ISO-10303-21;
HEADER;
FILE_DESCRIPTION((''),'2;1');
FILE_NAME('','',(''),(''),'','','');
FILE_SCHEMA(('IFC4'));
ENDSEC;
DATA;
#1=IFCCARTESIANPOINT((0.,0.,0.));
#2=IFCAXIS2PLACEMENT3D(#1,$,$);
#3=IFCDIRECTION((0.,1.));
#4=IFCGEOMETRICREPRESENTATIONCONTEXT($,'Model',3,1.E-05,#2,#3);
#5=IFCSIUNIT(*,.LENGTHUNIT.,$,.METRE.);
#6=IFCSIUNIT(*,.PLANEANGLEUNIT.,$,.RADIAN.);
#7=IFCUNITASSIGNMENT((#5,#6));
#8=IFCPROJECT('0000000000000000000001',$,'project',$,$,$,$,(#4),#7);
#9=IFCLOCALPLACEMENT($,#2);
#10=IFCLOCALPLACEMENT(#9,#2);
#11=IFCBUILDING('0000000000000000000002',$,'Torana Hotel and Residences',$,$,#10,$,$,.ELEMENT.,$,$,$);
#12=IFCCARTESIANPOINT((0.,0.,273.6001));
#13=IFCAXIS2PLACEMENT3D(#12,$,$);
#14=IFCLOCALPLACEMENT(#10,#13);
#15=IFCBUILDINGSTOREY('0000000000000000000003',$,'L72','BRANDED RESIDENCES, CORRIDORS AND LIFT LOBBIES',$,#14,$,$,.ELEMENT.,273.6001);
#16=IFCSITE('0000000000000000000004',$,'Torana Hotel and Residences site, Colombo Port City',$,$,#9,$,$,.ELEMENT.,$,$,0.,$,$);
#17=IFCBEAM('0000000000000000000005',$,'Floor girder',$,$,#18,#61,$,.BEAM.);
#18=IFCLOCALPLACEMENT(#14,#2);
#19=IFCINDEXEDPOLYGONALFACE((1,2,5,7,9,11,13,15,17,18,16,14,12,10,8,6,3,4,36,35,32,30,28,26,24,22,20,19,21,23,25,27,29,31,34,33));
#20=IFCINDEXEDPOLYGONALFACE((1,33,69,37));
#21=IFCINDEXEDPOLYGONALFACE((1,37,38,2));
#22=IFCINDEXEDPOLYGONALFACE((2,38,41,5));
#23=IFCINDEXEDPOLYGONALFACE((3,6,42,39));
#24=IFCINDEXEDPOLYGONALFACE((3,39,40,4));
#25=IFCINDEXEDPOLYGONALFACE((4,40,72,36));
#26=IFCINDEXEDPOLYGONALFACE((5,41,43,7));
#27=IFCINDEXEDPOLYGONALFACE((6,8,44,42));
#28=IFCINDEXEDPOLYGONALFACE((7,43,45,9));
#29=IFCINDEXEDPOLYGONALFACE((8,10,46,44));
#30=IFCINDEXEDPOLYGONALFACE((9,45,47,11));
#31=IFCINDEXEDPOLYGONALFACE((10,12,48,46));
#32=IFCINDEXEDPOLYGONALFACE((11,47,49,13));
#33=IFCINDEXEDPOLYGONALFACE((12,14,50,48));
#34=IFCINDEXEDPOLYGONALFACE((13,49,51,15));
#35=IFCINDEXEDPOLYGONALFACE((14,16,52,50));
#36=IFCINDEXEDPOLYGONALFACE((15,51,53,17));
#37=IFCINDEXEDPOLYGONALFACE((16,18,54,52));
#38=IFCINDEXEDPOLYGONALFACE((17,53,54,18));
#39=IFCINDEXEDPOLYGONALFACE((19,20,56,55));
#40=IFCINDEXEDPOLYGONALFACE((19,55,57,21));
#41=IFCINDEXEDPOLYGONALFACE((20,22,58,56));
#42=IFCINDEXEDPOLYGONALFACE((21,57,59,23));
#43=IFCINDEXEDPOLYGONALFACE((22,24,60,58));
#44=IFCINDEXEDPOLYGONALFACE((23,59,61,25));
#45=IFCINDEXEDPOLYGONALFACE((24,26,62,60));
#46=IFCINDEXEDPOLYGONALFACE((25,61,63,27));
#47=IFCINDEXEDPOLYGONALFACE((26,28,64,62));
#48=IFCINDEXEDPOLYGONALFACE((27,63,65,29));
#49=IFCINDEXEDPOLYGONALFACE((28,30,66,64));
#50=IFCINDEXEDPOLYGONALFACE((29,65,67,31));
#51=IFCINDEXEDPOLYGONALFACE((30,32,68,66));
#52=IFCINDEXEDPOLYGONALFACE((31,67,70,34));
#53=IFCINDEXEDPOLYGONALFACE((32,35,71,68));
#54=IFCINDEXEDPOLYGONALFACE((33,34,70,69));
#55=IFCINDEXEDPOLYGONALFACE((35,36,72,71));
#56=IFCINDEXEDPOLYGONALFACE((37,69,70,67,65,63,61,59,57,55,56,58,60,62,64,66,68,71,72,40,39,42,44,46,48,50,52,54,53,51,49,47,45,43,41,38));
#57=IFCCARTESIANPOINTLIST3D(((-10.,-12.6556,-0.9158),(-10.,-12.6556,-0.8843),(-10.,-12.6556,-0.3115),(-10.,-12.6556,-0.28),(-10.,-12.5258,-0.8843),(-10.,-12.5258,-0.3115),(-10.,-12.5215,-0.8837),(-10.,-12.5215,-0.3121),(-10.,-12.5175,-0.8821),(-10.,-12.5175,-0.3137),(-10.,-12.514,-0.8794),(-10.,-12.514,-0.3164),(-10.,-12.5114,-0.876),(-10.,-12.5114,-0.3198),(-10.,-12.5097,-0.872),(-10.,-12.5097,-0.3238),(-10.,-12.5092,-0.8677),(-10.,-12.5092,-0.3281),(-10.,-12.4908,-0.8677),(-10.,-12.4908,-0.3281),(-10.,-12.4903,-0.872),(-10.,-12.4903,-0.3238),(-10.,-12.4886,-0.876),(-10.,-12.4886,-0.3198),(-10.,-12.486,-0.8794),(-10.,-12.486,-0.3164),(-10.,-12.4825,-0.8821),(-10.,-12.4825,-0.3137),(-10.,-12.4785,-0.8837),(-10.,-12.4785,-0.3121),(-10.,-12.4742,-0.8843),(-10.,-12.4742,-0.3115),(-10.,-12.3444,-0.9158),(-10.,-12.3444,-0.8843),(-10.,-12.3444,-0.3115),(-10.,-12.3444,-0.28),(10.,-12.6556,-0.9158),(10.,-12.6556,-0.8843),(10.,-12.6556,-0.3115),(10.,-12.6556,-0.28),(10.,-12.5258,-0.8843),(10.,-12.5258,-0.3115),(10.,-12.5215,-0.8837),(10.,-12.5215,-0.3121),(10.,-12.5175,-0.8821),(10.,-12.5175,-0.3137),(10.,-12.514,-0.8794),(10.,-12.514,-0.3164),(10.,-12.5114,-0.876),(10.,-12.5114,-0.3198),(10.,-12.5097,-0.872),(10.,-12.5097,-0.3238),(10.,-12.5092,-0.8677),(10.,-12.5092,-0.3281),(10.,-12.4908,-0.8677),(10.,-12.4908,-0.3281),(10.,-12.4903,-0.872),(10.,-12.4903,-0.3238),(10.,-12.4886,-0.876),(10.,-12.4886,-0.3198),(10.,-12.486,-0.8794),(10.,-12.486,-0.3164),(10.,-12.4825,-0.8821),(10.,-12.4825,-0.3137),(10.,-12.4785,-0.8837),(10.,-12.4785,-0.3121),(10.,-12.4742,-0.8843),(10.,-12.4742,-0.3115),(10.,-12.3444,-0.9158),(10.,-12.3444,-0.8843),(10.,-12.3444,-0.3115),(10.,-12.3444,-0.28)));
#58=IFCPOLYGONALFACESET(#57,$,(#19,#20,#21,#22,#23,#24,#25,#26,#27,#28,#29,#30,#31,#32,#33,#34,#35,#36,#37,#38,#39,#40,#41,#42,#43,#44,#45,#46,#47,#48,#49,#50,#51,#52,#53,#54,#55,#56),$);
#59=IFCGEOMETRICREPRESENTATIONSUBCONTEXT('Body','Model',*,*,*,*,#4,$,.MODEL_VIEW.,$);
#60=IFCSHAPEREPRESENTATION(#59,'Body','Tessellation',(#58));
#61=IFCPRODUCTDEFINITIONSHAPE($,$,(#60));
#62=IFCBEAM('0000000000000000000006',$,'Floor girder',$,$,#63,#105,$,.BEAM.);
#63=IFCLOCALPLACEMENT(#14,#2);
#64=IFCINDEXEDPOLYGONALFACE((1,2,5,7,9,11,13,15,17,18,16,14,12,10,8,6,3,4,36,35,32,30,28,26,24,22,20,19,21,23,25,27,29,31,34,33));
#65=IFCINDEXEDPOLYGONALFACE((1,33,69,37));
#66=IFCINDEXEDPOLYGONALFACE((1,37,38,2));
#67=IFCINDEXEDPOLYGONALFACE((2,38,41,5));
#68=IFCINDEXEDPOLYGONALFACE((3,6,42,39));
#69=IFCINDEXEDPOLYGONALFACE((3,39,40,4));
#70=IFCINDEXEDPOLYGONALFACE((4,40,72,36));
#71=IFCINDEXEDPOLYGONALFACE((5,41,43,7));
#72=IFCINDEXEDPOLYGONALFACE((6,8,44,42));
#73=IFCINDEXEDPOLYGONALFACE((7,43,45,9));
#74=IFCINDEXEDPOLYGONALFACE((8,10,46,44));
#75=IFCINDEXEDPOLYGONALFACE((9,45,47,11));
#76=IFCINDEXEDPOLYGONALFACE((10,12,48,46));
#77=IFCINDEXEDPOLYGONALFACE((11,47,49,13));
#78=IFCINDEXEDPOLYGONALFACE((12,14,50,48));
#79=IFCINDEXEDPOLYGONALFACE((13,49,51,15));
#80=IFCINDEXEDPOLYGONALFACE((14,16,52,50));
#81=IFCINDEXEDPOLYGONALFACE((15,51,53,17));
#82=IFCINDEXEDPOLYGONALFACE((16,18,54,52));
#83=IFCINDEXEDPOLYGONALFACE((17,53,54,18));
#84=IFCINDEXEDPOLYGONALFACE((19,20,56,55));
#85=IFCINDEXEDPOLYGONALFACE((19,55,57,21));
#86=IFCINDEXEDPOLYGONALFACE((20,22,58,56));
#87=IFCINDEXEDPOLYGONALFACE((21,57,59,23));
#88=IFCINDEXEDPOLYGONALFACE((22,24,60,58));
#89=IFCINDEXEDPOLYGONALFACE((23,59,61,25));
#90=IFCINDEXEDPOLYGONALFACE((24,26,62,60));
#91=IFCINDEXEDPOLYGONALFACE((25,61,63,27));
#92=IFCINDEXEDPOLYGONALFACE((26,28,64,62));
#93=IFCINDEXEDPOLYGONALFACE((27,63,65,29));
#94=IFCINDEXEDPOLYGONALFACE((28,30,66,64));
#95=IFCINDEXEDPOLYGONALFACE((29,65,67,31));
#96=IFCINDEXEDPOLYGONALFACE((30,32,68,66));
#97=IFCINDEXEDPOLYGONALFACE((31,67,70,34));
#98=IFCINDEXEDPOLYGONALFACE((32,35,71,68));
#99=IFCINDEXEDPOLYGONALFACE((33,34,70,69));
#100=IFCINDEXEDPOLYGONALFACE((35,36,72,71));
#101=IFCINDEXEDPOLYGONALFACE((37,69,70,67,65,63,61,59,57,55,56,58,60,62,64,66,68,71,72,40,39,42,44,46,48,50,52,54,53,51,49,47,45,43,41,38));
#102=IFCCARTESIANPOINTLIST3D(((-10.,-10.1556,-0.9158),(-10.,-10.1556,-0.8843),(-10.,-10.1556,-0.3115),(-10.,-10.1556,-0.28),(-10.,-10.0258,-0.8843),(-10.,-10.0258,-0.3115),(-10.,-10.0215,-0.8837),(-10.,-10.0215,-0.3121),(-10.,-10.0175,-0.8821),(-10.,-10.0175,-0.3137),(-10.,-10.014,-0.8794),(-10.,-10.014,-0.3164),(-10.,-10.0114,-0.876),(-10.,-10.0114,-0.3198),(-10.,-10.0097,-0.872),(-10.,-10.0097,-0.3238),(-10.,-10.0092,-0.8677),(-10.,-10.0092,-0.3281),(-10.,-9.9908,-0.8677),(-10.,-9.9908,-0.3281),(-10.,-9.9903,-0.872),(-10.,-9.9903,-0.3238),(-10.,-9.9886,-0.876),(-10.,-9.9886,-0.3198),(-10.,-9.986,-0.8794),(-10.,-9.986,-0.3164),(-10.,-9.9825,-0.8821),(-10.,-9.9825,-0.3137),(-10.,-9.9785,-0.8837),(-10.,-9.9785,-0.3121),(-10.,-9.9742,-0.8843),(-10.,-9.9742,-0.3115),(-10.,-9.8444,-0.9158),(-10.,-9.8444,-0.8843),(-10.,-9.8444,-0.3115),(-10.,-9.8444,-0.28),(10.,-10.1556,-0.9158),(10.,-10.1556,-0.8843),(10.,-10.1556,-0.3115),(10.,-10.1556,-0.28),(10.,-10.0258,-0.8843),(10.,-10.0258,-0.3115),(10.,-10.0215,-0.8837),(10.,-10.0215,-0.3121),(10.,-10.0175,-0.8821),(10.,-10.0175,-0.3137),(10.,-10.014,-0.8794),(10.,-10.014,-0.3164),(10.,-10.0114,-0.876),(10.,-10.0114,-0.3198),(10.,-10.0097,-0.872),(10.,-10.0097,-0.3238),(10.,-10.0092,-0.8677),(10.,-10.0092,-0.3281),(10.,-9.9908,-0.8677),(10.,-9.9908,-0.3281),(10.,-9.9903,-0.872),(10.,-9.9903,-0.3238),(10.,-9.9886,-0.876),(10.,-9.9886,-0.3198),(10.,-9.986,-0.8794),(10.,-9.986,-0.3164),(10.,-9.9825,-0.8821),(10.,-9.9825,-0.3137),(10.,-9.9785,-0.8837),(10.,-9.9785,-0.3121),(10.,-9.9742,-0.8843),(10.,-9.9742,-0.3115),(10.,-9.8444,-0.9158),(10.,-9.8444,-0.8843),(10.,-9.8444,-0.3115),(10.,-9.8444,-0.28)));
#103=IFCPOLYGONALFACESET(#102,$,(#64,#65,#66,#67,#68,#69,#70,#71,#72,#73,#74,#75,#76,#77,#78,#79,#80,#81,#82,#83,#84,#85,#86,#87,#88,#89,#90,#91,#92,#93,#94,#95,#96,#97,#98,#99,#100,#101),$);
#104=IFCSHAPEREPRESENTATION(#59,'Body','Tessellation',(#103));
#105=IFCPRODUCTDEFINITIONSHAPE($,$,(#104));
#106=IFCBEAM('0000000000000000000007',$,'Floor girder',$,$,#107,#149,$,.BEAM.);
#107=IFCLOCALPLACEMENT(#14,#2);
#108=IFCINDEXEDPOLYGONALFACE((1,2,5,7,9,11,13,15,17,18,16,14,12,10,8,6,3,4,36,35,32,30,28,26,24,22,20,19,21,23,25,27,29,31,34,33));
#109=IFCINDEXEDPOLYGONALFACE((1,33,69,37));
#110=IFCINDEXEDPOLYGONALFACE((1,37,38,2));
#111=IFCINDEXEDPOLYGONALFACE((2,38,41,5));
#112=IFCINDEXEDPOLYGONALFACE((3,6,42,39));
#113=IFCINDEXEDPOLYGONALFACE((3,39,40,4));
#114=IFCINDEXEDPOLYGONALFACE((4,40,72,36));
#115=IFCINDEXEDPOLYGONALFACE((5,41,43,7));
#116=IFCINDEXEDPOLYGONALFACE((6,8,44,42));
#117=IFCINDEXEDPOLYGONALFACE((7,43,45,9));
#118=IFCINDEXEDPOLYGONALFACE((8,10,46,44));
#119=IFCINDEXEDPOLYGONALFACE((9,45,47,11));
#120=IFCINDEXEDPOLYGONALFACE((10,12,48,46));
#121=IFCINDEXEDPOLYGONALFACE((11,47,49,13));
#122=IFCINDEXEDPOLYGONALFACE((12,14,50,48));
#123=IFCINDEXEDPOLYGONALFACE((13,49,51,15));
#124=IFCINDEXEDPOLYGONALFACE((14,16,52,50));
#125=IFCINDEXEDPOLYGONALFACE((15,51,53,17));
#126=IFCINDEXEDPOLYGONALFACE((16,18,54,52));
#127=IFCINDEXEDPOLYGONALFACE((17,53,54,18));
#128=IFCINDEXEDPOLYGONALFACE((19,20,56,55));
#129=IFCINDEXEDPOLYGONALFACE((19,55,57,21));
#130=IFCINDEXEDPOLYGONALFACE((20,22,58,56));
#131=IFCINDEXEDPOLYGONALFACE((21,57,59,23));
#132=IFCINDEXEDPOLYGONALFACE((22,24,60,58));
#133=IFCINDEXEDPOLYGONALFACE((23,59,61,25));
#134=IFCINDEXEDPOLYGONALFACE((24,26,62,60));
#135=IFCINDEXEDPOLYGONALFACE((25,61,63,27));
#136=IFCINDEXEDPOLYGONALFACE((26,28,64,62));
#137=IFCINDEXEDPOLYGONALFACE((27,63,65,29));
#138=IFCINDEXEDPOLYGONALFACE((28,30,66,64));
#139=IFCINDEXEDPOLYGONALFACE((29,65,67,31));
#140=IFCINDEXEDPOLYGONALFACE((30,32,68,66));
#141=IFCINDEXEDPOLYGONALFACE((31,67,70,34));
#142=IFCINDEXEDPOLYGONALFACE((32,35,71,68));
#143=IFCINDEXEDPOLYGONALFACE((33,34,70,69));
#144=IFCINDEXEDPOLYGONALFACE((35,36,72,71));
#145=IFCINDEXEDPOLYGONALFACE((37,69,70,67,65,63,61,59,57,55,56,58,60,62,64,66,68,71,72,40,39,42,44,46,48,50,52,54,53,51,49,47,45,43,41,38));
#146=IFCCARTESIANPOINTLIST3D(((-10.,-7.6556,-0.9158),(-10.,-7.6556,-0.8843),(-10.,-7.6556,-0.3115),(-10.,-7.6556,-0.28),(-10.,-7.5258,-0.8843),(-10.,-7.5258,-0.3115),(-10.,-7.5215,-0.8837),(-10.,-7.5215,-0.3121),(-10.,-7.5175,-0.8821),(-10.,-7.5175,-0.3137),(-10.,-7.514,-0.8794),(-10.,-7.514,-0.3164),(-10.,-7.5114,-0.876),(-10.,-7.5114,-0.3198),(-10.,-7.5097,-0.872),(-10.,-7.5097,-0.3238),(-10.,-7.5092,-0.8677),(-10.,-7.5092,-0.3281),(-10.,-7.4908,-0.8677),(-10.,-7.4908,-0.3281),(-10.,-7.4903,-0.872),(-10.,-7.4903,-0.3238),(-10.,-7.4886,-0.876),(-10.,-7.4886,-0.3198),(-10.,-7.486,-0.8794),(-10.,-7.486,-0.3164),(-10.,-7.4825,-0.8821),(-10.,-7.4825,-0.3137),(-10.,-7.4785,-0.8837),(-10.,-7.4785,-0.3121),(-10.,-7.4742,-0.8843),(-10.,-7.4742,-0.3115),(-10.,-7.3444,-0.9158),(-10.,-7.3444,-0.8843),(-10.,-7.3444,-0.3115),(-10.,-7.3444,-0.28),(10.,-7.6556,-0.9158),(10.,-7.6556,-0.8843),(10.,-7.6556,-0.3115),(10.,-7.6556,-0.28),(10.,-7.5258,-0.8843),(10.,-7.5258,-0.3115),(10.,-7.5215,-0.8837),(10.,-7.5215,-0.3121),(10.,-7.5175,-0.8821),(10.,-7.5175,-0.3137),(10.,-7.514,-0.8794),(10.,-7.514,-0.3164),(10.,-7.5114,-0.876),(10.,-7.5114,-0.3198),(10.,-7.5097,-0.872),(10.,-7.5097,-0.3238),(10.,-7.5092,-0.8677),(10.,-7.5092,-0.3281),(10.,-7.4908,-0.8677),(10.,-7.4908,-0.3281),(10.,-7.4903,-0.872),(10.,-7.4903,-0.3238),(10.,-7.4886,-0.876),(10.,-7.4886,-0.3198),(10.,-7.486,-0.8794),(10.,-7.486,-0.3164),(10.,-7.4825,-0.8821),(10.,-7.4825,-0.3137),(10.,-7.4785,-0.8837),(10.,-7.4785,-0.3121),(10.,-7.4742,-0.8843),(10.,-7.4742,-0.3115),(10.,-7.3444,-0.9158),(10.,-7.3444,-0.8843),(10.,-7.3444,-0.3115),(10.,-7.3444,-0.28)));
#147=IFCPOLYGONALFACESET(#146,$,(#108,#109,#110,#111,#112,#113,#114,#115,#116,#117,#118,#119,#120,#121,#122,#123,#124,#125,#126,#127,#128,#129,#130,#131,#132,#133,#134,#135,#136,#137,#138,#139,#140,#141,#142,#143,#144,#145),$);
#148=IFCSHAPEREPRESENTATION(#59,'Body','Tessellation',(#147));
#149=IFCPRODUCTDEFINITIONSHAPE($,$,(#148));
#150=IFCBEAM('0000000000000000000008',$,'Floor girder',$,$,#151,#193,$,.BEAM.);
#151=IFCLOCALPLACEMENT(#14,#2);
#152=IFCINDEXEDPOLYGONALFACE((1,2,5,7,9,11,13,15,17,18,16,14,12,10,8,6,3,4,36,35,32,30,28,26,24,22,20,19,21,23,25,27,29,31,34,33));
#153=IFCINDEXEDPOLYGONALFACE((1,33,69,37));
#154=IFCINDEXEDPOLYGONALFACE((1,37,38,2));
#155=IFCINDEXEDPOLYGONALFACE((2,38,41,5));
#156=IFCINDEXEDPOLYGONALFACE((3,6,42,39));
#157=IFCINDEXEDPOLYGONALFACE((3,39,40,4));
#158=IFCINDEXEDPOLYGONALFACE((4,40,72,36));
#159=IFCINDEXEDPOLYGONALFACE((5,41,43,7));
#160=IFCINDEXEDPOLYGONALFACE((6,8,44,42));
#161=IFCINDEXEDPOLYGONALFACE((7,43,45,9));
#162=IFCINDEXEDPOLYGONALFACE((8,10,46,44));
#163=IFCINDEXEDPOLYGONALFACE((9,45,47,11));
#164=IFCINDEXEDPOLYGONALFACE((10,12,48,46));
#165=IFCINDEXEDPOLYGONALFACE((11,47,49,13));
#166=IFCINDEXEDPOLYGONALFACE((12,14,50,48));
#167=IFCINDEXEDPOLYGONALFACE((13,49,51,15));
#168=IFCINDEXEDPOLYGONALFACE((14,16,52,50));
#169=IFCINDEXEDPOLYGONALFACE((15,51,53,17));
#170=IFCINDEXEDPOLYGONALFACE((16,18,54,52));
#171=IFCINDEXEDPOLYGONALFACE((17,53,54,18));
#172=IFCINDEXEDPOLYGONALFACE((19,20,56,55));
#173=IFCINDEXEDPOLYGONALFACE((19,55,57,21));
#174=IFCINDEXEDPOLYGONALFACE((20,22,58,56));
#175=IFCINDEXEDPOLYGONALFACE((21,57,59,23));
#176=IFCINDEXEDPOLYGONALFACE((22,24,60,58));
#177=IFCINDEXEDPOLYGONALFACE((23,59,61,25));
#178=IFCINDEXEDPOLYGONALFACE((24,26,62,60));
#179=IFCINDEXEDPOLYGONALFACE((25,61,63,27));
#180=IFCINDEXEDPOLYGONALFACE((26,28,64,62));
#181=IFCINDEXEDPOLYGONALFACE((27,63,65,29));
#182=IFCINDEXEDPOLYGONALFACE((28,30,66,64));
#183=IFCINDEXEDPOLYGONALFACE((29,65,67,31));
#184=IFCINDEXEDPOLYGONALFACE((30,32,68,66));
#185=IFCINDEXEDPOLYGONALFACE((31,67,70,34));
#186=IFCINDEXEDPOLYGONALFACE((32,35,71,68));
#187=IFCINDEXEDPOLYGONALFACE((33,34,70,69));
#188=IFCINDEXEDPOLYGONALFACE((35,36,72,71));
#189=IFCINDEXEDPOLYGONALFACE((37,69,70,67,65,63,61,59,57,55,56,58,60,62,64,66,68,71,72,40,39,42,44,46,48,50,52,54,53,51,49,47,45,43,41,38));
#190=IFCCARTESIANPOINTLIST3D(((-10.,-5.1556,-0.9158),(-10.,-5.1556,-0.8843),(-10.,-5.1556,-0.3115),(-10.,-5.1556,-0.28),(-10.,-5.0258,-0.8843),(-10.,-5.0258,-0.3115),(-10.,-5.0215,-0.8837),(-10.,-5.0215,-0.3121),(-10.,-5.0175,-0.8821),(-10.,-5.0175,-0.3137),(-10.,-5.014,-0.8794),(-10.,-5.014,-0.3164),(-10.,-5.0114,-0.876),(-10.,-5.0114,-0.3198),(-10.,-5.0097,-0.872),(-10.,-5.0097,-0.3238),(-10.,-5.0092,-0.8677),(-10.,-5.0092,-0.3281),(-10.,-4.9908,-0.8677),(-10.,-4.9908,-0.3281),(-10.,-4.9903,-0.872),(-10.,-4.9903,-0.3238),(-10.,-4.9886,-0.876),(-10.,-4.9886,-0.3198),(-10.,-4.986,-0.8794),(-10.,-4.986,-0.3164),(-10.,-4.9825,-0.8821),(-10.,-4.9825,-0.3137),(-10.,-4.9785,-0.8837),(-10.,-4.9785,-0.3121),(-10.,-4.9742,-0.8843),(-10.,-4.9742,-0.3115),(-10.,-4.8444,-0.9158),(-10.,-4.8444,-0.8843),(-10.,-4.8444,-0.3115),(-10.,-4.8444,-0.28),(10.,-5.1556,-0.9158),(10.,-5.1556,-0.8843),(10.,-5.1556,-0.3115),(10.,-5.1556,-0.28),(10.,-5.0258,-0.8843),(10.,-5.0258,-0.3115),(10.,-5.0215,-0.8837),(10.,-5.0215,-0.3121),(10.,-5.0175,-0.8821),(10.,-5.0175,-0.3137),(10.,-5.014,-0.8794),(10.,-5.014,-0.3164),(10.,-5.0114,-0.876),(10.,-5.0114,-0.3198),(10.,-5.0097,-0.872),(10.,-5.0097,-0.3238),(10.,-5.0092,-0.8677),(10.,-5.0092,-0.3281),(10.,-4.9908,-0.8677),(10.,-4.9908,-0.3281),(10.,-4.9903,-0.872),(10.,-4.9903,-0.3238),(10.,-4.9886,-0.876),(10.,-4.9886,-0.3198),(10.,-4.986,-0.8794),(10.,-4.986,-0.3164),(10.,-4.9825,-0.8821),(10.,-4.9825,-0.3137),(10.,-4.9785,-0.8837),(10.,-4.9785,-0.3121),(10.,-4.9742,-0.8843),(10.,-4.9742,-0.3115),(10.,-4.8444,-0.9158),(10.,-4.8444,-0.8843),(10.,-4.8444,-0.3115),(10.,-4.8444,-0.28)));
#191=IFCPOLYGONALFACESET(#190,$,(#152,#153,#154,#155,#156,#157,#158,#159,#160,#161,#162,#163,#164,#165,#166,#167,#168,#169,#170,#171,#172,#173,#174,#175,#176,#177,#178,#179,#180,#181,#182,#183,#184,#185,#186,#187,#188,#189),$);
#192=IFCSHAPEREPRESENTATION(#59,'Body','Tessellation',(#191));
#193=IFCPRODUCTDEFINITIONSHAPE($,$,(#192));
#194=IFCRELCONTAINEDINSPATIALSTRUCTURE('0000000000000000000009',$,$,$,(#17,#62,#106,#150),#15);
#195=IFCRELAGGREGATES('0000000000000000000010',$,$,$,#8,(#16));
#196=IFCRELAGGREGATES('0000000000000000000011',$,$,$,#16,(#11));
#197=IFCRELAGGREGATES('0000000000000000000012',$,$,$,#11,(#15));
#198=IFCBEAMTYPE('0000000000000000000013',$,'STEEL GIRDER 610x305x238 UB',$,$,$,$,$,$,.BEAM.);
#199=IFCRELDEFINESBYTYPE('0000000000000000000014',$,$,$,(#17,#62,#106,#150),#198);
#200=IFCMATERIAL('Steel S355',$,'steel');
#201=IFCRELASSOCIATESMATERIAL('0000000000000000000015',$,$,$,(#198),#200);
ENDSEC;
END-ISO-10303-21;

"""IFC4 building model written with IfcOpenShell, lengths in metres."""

from ifc_helpers import new_model, si_unit, direction, frame, origin, origin_2d, place, context, subcontext, project, spatial, i_section, extrude, material, material_profile, profile_set, type_object, element, save


model = new_model("IFC4")

# Units and contexts
model_context = context("Model", 3, precision=1e-05, world=origin(), true_north=direction((0.0, 1.0)))
body_context = subcontext(model_context, "Body", "Model", "MODEL_VIEW")
ifc_project = project(units=[si_unit("LENGTHUNIT", "METRE"), si_unit("PLANEANGLEUNIT", "RADIAN")], contexts=[model_context])

# Site, building, storey
site_placement = place(None, origin())
site = spatial("IfcSite", under=ifc_project, at=site_placement, Name="Torana Hotel and Residences site, Colombo Port City", CompositionType="ELEMENT", RefElevation=0.0)
building_placement = place(site_placement, origin())
building = spatial("IfcBuilding", under=site, at=building_placement, Name="Torana Hotel and Residences", CompositionType="ELEMENT")
storey_placement = place(building_placement, frame((0.0, 0.0, 273.6001)))
storey = spatial("IfcBuildingStorey", under=building, at=storey_placement, Name="L72", Description="BRANDED RESIDENCES, CORRIDORS AND LIFT LOBBIES", CompositionType="ELEMENT", Elevation=273.6001)

# Beams
ifc_material_1 = material(Name="Steel S355", Category="steel")
ifc_material_profile = material_profile(ifc_material_1, i_section(OverallWidth=0.3113, OverallDepth=0.6357, WebThickness=0.0183, FlangeThickness=0.0315, FilletRadius=0.0166, at=origin_2d()), Name="610x305x238 UB")
ifc_profile_set = profile_set([ifc_material_profile], Name="Steel S355")
beam_type = type_object("IfcBeamType", Name="STEEL GIRDER 610x305x238 UB", PredefinedType="BEAM", material=ifc_profile_set)
for number, where, z_axis, x_axis, name in (
    (1, (-10.0, -12.5, -0.5979), (1.0, 0.0, 0.0), (0.0, 1.0, 0.0), "Floor girder"),
    (2, (-10.0, -10.0, -0.5979), (1.0, 0.0, 0.0), (0.0, 1.0, 0.0), "Floor girder"),
    (3, (-10.0, -7.5, -0.5979), (1.0, 0.0, 0.0), (0.0, 1.0, 0.0), "Floor girder"),
    (4, (-10.0, -5.0, -0.5979), (1.0, 0.0, 0.0), (0.0, 1.0, 0.0), "Floor girder"),
):
    element("IfcBeam", number, at=place(storey_placement, frame(where, z_axis=z_axis, x_axis=x_axis)), inside=storey, type_object=beam_type, Name=name, PredefinedType="BEAM", context=body_context, shape_type="SweptSolid", body=[
        extrude(i_section(OverallWidth=0.3113, OverallDepth=0.6357, WebThickness=0.0183, FlangeThickness=0.0315, FilletRadius=0.0166, at=origin_2d()), origin(), (0.0, 0.0, 1.0), 20.0),
    ])

save(model, "model.ifc")
